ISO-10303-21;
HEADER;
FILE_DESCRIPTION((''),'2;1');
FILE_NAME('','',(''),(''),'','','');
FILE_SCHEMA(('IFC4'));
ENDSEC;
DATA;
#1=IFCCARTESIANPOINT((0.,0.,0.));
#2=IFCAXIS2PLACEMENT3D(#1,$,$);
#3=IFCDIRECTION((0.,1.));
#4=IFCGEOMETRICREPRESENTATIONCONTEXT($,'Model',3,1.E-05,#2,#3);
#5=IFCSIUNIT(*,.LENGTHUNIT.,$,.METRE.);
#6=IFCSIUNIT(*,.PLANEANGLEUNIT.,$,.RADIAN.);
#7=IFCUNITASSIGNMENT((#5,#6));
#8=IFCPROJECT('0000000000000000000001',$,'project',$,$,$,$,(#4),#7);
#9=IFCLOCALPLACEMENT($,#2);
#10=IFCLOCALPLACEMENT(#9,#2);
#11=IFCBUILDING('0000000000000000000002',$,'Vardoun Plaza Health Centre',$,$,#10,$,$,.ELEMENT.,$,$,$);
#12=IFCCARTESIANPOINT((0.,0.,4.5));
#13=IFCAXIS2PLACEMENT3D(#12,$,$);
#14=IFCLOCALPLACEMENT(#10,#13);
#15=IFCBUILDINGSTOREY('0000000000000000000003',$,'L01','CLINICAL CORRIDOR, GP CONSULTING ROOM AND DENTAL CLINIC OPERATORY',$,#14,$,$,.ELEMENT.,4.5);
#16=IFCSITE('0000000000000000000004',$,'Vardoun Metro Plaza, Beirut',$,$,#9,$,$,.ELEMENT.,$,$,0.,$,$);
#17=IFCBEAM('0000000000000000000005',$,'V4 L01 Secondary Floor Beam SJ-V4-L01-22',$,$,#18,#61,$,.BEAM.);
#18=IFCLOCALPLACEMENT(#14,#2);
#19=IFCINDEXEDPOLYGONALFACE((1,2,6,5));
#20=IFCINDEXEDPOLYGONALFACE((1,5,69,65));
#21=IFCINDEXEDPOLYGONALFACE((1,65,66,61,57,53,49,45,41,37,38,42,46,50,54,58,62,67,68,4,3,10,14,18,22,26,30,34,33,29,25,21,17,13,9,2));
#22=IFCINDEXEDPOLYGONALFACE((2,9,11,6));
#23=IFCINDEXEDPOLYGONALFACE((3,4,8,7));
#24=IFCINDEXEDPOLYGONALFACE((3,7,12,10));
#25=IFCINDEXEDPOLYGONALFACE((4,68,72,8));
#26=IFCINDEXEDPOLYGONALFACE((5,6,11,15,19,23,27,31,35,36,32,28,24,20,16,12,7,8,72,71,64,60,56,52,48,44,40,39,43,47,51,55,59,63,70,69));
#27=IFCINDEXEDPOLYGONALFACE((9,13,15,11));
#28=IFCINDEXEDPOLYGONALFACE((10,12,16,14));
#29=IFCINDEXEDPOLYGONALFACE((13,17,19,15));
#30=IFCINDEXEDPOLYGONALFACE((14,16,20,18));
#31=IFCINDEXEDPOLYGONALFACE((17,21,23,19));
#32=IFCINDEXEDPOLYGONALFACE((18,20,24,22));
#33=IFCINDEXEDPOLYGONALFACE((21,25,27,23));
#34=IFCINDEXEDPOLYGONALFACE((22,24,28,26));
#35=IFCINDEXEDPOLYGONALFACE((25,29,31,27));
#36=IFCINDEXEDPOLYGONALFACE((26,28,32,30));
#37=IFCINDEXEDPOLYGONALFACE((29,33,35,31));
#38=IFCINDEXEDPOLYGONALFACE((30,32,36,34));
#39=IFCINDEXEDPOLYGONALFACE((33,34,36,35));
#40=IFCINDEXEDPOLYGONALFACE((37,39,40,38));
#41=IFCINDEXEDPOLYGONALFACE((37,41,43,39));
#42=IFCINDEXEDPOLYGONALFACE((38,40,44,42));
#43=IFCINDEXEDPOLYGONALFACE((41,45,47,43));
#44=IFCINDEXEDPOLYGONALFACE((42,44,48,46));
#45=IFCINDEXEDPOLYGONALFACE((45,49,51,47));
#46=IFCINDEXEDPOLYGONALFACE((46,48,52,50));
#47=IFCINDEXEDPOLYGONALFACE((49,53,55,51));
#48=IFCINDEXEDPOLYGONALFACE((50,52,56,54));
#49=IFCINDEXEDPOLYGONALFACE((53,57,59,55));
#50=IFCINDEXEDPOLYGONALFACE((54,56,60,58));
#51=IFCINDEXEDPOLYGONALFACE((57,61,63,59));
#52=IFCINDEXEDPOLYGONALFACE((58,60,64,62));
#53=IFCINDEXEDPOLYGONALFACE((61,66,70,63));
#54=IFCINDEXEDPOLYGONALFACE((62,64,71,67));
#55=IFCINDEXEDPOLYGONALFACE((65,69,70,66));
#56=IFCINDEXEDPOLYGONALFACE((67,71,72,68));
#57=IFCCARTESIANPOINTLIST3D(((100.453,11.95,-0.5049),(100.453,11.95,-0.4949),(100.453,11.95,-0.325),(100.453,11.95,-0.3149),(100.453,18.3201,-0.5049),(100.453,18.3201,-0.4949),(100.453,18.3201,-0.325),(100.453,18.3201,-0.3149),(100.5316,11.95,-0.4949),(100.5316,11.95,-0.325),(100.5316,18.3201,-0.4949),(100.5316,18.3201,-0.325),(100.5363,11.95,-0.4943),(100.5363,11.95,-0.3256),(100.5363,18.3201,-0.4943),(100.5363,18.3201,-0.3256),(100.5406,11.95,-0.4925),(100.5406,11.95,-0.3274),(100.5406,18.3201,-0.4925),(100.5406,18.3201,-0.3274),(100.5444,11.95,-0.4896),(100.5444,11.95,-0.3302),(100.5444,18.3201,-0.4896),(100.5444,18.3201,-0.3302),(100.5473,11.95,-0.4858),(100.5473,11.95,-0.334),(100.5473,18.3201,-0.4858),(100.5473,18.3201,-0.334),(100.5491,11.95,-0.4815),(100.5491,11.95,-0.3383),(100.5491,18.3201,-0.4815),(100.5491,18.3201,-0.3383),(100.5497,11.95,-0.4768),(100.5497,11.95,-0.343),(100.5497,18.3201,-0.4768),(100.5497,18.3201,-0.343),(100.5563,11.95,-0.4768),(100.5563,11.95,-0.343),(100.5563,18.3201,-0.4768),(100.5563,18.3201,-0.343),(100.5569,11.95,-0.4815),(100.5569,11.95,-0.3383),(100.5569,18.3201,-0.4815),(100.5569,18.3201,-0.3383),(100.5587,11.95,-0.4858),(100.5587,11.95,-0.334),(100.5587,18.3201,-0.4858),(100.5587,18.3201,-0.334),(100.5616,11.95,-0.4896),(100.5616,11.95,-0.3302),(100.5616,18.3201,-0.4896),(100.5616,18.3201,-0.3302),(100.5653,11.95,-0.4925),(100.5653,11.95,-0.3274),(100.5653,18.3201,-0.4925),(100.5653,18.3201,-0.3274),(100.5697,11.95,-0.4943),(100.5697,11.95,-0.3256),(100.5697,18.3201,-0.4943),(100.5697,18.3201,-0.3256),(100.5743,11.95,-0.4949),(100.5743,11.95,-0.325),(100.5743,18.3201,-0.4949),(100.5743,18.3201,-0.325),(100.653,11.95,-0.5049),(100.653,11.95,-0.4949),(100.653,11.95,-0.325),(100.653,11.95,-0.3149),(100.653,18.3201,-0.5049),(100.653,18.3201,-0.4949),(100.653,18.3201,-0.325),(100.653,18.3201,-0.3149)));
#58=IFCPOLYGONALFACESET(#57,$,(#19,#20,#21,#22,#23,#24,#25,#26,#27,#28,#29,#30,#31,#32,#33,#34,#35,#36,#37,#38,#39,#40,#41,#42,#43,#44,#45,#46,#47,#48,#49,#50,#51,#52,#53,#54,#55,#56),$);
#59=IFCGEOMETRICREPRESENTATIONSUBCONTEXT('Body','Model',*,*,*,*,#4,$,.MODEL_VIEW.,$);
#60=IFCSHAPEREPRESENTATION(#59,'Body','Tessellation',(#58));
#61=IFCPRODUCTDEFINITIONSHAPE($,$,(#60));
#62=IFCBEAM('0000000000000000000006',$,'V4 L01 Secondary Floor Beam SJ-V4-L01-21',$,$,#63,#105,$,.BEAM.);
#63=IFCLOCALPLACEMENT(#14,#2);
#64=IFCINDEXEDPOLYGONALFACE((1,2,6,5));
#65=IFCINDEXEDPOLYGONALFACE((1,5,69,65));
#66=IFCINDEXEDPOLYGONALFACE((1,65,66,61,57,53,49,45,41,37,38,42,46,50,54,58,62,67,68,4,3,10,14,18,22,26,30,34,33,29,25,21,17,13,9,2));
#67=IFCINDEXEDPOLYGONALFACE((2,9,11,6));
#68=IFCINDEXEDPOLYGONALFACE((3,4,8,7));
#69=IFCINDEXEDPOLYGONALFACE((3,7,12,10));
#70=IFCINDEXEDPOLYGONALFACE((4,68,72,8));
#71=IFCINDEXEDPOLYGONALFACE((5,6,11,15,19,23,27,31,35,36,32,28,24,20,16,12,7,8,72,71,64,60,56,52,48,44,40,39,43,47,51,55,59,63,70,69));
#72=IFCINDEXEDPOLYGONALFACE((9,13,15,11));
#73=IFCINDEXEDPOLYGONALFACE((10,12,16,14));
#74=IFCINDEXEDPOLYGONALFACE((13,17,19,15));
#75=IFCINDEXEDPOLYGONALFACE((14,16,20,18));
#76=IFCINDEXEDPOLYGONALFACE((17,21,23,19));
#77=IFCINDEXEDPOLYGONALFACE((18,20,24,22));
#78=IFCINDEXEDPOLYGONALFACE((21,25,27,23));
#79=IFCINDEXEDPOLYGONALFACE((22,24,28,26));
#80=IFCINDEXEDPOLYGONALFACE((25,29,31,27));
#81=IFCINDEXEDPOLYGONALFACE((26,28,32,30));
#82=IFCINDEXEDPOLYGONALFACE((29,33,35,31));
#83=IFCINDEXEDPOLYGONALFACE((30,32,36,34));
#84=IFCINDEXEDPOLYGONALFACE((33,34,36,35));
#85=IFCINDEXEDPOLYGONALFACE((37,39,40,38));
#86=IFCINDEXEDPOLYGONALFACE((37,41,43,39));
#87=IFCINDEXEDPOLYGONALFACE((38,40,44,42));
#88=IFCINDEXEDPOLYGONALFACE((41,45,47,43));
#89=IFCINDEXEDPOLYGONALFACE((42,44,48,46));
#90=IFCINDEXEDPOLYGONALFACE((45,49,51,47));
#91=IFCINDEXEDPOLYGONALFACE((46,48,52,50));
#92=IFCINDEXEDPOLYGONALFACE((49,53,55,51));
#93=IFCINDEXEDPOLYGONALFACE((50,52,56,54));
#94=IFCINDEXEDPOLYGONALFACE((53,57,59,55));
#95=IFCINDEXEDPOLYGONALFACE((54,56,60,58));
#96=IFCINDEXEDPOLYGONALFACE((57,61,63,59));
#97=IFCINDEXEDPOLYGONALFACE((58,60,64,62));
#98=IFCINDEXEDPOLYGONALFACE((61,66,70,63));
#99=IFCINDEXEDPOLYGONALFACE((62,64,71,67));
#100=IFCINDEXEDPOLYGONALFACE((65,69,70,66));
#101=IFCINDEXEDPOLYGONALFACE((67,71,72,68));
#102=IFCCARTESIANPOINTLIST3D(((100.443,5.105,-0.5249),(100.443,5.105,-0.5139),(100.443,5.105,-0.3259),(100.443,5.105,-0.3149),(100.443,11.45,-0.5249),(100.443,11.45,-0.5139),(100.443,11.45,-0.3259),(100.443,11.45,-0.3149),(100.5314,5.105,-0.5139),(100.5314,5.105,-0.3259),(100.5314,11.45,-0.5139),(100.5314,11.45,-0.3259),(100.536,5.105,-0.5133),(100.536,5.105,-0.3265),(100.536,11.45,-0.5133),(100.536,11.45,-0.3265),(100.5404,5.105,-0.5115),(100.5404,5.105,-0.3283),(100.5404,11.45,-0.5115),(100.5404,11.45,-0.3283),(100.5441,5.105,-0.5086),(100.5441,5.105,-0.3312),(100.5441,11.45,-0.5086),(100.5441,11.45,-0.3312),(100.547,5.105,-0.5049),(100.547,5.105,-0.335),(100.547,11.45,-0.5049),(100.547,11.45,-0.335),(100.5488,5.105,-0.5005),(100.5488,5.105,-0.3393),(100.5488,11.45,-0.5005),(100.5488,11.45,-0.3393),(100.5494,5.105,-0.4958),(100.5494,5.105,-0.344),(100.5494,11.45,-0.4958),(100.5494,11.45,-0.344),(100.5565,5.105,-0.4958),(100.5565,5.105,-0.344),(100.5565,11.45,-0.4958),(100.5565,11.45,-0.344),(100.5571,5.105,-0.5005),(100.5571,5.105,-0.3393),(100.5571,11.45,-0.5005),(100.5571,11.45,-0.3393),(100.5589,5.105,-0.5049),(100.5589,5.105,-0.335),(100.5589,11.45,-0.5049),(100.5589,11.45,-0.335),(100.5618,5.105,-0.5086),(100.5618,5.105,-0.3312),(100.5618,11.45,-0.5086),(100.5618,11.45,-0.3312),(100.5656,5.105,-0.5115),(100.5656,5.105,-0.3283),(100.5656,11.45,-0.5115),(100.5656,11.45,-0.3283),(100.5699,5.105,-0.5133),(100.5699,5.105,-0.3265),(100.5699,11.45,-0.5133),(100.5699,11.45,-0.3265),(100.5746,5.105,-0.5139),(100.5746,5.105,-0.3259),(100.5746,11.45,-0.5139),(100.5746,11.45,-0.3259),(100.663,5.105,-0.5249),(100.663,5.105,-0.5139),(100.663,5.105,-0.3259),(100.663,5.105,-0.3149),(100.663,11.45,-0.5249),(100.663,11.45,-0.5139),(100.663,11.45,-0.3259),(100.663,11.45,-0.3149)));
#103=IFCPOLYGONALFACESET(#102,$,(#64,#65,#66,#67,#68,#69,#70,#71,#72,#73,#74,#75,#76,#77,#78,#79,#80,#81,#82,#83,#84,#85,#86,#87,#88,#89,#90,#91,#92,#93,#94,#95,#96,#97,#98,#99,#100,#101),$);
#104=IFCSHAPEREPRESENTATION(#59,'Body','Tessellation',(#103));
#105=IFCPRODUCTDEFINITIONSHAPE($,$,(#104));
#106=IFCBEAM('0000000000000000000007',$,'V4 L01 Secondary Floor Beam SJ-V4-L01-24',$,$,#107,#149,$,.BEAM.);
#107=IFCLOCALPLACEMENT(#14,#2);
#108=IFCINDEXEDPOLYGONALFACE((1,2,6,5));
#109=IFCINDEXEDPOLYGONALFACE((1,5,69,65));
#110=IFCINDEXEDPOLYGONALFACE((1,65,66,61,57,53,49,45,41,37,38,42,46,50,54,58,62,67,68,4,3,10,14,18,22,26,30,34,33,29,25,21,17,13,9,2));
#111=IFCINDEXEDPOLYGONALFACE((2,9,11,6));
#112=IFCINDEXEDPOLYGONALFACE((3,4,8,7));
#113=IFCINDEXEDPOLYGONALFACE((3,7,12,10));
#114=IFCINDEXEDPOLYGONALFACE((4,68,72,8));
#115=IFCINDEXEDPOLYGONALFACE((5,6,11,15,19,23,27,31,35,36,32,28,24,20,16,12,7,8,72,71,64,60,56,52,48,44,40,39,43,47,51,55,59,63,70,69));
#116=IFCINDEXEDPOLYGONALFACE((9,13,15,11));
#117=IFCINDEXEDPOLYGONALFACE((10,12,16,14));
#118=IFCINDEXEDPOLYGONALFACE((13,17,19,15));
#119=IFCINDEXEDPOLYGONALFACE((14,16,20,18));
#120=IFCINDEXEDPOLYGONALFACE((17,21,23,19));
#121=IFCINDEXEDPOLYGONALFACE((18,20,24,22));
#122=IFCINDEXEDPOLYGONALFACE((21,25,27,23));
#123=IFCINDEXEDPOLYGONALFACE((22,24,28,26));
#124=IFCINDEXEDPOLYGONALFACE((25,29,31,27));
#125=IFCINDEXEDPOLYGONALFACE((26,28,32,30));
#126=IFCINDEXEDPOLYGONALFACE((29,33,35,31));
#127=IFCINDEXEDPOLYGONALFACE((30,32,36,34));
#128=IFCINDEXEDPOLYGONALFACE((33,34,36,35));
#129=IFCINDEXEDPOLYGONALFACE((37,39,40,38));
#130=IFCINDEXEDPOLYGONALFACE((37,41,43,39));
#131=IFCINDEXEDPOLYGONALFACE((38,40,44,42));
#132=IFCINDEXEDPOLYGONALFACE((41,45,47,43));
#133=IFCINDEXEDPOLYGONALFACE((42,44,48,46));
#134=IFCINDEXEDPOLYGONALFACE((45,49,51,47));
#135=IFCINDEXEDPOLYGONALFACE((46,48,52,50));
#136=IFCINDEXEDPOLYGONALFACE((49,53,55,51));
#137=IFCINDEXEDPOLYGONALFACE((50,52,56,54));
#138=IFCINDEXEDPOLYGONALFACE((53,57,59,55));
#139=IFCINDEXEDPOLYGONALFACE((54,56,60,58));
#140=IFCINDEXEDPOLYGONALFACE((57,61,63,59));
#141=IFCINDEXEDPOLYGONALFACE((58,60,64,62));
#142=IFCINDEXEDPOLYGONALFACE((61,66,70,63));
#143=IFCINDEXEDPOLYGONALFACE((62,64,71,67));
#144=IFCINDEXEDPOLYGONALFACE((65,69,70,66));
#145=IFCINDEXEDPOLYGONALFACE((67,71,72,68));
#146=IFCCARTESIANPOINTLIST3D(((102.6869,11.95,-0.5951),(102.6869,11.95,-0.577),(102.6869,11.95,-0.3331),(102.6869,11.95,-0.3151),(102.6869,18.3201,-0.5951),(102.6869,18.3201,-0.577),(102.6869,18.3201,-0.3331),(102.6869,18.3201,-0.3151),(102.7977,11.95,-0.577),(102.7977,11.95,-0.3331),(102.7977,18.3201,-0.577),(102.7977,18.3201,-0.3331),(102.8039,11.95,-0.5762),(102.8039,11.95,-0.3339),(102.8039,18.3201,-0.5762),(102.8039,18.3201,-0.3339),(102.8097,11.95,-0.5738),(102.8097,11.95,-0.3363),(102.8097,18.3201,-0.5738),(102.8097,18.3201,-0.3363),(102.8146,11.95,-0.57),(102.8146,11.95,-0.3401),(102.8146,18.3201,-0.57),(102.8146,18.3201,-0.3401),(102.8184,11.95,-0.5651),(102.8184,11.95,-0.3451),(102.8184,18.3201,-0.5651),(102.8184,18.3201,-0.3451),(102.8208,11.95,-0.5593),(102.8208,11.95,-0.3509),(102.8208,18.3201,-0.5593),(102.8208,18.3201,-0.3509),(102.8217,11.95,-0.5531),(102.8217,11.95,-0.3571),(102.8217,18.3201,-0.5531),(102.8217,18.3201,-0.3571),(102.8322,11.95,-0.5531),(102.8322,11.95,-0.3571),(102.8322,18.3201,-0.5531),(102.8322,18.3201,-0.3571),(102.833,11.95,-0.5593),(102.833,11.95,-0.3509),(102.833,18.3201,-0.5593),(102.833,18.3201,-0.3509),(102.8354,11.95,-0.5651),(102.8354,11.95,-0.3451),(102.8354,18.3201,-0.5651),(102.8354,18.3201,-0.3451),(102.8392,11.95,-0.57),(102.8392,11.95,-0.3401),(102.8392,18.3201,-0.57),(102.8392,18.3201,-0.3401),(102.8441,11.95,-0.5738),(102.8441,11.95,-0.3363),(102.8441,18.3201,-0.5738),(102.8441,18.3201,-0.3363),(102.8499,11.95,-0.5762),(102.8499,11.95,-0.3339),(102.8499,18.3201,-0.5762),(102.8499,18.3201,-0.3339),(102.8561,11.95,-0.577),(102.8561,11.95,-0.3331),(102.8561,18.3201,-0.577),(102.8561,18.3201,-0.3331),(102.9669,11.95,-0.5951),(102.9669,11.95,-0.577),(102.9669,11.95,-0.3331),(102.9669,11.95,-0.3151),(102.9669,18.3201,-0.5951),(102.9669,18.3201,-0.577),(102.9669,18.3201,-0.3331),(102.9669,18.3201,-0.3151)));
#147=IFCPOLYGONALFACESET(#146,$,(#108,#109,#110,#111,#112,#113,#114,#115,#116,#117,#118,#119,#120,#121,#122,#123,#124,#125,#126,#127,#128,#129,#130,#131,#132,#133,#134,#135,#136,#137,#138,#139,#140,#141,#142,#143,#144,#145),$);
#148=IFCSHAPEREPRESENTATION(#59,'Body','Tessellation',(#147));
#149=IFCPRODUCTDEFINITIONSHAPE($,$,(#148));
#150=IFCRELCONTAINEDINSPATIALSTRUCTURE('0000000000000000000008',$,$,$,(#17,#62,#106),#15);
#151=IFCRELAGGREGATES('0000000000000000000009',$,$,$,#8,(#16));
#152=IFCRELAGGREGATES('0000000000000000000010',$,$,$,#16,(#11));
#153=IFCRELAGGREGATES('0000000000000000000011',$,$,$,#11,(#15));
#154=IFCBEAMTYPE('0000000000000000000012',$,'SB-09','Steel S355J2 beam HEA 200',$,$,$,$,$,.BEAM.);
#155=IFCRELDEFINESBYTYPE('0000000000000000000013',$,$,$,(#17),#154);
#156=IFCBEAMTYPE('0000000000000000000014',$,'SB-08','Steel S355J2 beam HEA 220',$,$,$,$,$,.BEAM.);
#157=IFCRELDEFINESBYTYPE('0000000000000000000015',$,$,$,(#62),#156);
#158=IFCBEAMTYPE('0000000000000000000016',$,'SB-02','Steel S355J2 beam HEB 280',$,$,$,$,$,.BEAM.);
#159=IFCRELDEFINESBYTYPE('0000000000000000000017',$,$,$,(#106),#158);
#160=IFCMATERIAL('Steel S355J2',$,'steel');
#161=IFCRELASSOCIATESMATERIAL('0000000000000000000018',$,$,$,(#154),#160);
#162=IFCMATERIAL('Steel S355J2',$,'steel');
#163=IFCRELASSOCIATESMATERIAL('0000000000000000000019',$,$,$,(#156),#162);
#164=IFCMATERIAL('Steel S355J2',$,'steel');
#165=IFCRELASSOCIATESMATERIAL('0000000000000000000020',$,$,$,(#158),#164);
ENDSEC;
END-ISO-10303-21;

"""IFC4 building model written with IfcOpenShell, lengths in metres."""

from ifc_helpers import new_model, si_unit, direction, frame, origin, origin_2d, place, context, subcontext, project, spatial, i_section, extrude, material, material_profile, profile_set, type_object, element, save


model = new_model("IFC4")

# Units and contexts
model_context = context("Model", 3, precision=1e-05, world=origin(), true_north=direction((0.0, 1.0)))
body_context = subcontext(model_context, "Body", "Model", "MODEL_VIEW")
ifc_project = project(units=[si_unit("LENGTHUNIT", "METRE"), si_unit("PLANEANGLEUNIT", "RADIAN")], contexts=[model_context])

# Site, building, storey
site_placement = place(None, origin())
site = spatial("IfcSite", under=ifc_project, at=site_placement, Name="Vardoun Metro Plaza, Beirut", CompositionType="ELEMENT", RefElevation=0.0)
building_placement = place(site_placement, origin())
building = spatial("IfcBuilding", under=site, at=building_placement, Name="Vardoun Plaza Health Centre", CompositionType="ELEMENT")
storey_placement = place(building_placement, frame((0.0, 0.0, 4.5)))
storey = spatial("IfcBuildingStorey", under=building, at=storey_placement, Name="L01", Description="CLINICAL CORRIDOR, GP CONSULTING ROOM AND DENTAL CLINIC OPERATORY", CompositionType="ELEMENT", Elevation=4.5)

# Beams
ifc_material_1 = material(Name="Steel S355J2", Category="steel")
ifc_material_profile_1 = material_profile(ifc_material_1, i_section(OverallWidth=0.2, OverallDepth=0.1899, WebThickness=0.0066, FlangeThickness=0.01, FilletRadius=0.0181, at=origin_2d()), Name="HEA 200")
ifc_profile_set_1 = profile_set([ifc_material_profile_1], Name="Steel S355J2")
beam_type_1 = type_object("IfcBeamType", Name="SB-09", Description="Steel S355J2 beam HEA 200", PredefinedType="BEAM", material=ifc_profile_set_1)
beam_1_placement = place(storey_placement, frame((100.553, 11.95, -0.4099), z_axis=(0.0, 1.0, 0.0), x_axis=(-1.0, 0.0, 0.0)))
element("IfcBeam", 1, at=beam_1_placement, inside=storey, type_object=beam_type_1, Name="V4 L01 Secondary Floor Beam SJ-V4-L01-22", PredefinedType="BEAM", context=body_context, shape_type="SweptSolid", body=[
    extrude(i_section(OverallWidth=0.2, OverallDepth=0.1899, WebThickness=0.0066, FlangeThickness=0.01, FilletRadius=0.0181, at=origin_2d()), origin(), (0.0, 0.0, 1.0), 6.3701),
])
ifc_material_2 = material(Name="Steel S355J2", Category="steel")
ifc_material_profile_2 = material_profile(ifc_material_2, i_section(OverallWidth=0.22, OverallDepth=0.21, WebThickness=0.0071, FlangeThickness=0.011, FilletRadius=0.0181, at=origin_2d()), Name="HEA 220")
ifc_profile_set_2 = profile_set([ifc_material_profile_2], Name="Steel S355J2")
beam_type_2 = type_object("IfcBeamType", Name="SB-08", Description="Steel S355J2 beam HEA 220", PredefinedType="BEAM", material=ifc_profile_set_2)
beam_2_placement = place(storey_placement, frame((100.553, 5.105, -0.4199), z_axis=(0.0, 1.0, 0.0), x_axis=(-1.0, 0.0, 0.0)))
element("IfcBeam", 2, at=beam_2_placement, inside=storey, type_object=beam_type_2, Name="V4 L01 Secondary Floor Beam SJ-V4-L01-21", PredefinedType="BEAM", context=body_context, shape_type="SweptSolid", body=[
    extrude(i_section(OverallWidth=0.22, OverallDepth=0.21, WebThickness=0.0071, FlangeThickness=0.011, FilletRadius=0.0181, at=origin_2d()), origin(), (0.0, 0.0, 1.0), 6.345),
])
ifc_material_3 = material(Name="Steel S355J2", Category="steel")
ifc_material_profile_3 = material_profile(ifc_material_3, i_section(OverallWidth=0.28, OverallDepth=0.28, WebThickness=0.0105, FlangeThickness=0.0181, FilletRadius=0.0239, at=origin_2d()), Name="HEB 280")
ifc_profile_set_3 = profile_set([ifc_material_profile_3], Name="Steel S355J2")
beam_type_3 = type_object("IfcBeamType", Name="SB-02", Description="Steel S355J2 beam HEB 280", PredefinedType="BEAM", material=ifc_profile_set_3)
beam_3_placement = place(storey_placement, frame((102.8269, 11.95, -0.4551), z_axis=(0.0, 1.0, 0.0), x_axis=(-1.0, 0.0, 0.0)))
element("IfcBeam", 3, at=beam_3_placement, inside=storey, type_object=beam_type_3, Name="V4 L01 Secondary Floor Beam SJ-V4-L01-24", PredefinedType="BEAM", context=body_context, shape_type="SweptSolid", body=[
    extrude(i_section(OverallWidth=0.28, OverallDepth=0.28, WebThickness=0.0105, FlangeThickness=0.0181, FilletRadius=0.0239, at=origin_2d()), origin(), (0.0, 0.0, 1.0), 6.3701),
])

save(model, "model.ifc")
